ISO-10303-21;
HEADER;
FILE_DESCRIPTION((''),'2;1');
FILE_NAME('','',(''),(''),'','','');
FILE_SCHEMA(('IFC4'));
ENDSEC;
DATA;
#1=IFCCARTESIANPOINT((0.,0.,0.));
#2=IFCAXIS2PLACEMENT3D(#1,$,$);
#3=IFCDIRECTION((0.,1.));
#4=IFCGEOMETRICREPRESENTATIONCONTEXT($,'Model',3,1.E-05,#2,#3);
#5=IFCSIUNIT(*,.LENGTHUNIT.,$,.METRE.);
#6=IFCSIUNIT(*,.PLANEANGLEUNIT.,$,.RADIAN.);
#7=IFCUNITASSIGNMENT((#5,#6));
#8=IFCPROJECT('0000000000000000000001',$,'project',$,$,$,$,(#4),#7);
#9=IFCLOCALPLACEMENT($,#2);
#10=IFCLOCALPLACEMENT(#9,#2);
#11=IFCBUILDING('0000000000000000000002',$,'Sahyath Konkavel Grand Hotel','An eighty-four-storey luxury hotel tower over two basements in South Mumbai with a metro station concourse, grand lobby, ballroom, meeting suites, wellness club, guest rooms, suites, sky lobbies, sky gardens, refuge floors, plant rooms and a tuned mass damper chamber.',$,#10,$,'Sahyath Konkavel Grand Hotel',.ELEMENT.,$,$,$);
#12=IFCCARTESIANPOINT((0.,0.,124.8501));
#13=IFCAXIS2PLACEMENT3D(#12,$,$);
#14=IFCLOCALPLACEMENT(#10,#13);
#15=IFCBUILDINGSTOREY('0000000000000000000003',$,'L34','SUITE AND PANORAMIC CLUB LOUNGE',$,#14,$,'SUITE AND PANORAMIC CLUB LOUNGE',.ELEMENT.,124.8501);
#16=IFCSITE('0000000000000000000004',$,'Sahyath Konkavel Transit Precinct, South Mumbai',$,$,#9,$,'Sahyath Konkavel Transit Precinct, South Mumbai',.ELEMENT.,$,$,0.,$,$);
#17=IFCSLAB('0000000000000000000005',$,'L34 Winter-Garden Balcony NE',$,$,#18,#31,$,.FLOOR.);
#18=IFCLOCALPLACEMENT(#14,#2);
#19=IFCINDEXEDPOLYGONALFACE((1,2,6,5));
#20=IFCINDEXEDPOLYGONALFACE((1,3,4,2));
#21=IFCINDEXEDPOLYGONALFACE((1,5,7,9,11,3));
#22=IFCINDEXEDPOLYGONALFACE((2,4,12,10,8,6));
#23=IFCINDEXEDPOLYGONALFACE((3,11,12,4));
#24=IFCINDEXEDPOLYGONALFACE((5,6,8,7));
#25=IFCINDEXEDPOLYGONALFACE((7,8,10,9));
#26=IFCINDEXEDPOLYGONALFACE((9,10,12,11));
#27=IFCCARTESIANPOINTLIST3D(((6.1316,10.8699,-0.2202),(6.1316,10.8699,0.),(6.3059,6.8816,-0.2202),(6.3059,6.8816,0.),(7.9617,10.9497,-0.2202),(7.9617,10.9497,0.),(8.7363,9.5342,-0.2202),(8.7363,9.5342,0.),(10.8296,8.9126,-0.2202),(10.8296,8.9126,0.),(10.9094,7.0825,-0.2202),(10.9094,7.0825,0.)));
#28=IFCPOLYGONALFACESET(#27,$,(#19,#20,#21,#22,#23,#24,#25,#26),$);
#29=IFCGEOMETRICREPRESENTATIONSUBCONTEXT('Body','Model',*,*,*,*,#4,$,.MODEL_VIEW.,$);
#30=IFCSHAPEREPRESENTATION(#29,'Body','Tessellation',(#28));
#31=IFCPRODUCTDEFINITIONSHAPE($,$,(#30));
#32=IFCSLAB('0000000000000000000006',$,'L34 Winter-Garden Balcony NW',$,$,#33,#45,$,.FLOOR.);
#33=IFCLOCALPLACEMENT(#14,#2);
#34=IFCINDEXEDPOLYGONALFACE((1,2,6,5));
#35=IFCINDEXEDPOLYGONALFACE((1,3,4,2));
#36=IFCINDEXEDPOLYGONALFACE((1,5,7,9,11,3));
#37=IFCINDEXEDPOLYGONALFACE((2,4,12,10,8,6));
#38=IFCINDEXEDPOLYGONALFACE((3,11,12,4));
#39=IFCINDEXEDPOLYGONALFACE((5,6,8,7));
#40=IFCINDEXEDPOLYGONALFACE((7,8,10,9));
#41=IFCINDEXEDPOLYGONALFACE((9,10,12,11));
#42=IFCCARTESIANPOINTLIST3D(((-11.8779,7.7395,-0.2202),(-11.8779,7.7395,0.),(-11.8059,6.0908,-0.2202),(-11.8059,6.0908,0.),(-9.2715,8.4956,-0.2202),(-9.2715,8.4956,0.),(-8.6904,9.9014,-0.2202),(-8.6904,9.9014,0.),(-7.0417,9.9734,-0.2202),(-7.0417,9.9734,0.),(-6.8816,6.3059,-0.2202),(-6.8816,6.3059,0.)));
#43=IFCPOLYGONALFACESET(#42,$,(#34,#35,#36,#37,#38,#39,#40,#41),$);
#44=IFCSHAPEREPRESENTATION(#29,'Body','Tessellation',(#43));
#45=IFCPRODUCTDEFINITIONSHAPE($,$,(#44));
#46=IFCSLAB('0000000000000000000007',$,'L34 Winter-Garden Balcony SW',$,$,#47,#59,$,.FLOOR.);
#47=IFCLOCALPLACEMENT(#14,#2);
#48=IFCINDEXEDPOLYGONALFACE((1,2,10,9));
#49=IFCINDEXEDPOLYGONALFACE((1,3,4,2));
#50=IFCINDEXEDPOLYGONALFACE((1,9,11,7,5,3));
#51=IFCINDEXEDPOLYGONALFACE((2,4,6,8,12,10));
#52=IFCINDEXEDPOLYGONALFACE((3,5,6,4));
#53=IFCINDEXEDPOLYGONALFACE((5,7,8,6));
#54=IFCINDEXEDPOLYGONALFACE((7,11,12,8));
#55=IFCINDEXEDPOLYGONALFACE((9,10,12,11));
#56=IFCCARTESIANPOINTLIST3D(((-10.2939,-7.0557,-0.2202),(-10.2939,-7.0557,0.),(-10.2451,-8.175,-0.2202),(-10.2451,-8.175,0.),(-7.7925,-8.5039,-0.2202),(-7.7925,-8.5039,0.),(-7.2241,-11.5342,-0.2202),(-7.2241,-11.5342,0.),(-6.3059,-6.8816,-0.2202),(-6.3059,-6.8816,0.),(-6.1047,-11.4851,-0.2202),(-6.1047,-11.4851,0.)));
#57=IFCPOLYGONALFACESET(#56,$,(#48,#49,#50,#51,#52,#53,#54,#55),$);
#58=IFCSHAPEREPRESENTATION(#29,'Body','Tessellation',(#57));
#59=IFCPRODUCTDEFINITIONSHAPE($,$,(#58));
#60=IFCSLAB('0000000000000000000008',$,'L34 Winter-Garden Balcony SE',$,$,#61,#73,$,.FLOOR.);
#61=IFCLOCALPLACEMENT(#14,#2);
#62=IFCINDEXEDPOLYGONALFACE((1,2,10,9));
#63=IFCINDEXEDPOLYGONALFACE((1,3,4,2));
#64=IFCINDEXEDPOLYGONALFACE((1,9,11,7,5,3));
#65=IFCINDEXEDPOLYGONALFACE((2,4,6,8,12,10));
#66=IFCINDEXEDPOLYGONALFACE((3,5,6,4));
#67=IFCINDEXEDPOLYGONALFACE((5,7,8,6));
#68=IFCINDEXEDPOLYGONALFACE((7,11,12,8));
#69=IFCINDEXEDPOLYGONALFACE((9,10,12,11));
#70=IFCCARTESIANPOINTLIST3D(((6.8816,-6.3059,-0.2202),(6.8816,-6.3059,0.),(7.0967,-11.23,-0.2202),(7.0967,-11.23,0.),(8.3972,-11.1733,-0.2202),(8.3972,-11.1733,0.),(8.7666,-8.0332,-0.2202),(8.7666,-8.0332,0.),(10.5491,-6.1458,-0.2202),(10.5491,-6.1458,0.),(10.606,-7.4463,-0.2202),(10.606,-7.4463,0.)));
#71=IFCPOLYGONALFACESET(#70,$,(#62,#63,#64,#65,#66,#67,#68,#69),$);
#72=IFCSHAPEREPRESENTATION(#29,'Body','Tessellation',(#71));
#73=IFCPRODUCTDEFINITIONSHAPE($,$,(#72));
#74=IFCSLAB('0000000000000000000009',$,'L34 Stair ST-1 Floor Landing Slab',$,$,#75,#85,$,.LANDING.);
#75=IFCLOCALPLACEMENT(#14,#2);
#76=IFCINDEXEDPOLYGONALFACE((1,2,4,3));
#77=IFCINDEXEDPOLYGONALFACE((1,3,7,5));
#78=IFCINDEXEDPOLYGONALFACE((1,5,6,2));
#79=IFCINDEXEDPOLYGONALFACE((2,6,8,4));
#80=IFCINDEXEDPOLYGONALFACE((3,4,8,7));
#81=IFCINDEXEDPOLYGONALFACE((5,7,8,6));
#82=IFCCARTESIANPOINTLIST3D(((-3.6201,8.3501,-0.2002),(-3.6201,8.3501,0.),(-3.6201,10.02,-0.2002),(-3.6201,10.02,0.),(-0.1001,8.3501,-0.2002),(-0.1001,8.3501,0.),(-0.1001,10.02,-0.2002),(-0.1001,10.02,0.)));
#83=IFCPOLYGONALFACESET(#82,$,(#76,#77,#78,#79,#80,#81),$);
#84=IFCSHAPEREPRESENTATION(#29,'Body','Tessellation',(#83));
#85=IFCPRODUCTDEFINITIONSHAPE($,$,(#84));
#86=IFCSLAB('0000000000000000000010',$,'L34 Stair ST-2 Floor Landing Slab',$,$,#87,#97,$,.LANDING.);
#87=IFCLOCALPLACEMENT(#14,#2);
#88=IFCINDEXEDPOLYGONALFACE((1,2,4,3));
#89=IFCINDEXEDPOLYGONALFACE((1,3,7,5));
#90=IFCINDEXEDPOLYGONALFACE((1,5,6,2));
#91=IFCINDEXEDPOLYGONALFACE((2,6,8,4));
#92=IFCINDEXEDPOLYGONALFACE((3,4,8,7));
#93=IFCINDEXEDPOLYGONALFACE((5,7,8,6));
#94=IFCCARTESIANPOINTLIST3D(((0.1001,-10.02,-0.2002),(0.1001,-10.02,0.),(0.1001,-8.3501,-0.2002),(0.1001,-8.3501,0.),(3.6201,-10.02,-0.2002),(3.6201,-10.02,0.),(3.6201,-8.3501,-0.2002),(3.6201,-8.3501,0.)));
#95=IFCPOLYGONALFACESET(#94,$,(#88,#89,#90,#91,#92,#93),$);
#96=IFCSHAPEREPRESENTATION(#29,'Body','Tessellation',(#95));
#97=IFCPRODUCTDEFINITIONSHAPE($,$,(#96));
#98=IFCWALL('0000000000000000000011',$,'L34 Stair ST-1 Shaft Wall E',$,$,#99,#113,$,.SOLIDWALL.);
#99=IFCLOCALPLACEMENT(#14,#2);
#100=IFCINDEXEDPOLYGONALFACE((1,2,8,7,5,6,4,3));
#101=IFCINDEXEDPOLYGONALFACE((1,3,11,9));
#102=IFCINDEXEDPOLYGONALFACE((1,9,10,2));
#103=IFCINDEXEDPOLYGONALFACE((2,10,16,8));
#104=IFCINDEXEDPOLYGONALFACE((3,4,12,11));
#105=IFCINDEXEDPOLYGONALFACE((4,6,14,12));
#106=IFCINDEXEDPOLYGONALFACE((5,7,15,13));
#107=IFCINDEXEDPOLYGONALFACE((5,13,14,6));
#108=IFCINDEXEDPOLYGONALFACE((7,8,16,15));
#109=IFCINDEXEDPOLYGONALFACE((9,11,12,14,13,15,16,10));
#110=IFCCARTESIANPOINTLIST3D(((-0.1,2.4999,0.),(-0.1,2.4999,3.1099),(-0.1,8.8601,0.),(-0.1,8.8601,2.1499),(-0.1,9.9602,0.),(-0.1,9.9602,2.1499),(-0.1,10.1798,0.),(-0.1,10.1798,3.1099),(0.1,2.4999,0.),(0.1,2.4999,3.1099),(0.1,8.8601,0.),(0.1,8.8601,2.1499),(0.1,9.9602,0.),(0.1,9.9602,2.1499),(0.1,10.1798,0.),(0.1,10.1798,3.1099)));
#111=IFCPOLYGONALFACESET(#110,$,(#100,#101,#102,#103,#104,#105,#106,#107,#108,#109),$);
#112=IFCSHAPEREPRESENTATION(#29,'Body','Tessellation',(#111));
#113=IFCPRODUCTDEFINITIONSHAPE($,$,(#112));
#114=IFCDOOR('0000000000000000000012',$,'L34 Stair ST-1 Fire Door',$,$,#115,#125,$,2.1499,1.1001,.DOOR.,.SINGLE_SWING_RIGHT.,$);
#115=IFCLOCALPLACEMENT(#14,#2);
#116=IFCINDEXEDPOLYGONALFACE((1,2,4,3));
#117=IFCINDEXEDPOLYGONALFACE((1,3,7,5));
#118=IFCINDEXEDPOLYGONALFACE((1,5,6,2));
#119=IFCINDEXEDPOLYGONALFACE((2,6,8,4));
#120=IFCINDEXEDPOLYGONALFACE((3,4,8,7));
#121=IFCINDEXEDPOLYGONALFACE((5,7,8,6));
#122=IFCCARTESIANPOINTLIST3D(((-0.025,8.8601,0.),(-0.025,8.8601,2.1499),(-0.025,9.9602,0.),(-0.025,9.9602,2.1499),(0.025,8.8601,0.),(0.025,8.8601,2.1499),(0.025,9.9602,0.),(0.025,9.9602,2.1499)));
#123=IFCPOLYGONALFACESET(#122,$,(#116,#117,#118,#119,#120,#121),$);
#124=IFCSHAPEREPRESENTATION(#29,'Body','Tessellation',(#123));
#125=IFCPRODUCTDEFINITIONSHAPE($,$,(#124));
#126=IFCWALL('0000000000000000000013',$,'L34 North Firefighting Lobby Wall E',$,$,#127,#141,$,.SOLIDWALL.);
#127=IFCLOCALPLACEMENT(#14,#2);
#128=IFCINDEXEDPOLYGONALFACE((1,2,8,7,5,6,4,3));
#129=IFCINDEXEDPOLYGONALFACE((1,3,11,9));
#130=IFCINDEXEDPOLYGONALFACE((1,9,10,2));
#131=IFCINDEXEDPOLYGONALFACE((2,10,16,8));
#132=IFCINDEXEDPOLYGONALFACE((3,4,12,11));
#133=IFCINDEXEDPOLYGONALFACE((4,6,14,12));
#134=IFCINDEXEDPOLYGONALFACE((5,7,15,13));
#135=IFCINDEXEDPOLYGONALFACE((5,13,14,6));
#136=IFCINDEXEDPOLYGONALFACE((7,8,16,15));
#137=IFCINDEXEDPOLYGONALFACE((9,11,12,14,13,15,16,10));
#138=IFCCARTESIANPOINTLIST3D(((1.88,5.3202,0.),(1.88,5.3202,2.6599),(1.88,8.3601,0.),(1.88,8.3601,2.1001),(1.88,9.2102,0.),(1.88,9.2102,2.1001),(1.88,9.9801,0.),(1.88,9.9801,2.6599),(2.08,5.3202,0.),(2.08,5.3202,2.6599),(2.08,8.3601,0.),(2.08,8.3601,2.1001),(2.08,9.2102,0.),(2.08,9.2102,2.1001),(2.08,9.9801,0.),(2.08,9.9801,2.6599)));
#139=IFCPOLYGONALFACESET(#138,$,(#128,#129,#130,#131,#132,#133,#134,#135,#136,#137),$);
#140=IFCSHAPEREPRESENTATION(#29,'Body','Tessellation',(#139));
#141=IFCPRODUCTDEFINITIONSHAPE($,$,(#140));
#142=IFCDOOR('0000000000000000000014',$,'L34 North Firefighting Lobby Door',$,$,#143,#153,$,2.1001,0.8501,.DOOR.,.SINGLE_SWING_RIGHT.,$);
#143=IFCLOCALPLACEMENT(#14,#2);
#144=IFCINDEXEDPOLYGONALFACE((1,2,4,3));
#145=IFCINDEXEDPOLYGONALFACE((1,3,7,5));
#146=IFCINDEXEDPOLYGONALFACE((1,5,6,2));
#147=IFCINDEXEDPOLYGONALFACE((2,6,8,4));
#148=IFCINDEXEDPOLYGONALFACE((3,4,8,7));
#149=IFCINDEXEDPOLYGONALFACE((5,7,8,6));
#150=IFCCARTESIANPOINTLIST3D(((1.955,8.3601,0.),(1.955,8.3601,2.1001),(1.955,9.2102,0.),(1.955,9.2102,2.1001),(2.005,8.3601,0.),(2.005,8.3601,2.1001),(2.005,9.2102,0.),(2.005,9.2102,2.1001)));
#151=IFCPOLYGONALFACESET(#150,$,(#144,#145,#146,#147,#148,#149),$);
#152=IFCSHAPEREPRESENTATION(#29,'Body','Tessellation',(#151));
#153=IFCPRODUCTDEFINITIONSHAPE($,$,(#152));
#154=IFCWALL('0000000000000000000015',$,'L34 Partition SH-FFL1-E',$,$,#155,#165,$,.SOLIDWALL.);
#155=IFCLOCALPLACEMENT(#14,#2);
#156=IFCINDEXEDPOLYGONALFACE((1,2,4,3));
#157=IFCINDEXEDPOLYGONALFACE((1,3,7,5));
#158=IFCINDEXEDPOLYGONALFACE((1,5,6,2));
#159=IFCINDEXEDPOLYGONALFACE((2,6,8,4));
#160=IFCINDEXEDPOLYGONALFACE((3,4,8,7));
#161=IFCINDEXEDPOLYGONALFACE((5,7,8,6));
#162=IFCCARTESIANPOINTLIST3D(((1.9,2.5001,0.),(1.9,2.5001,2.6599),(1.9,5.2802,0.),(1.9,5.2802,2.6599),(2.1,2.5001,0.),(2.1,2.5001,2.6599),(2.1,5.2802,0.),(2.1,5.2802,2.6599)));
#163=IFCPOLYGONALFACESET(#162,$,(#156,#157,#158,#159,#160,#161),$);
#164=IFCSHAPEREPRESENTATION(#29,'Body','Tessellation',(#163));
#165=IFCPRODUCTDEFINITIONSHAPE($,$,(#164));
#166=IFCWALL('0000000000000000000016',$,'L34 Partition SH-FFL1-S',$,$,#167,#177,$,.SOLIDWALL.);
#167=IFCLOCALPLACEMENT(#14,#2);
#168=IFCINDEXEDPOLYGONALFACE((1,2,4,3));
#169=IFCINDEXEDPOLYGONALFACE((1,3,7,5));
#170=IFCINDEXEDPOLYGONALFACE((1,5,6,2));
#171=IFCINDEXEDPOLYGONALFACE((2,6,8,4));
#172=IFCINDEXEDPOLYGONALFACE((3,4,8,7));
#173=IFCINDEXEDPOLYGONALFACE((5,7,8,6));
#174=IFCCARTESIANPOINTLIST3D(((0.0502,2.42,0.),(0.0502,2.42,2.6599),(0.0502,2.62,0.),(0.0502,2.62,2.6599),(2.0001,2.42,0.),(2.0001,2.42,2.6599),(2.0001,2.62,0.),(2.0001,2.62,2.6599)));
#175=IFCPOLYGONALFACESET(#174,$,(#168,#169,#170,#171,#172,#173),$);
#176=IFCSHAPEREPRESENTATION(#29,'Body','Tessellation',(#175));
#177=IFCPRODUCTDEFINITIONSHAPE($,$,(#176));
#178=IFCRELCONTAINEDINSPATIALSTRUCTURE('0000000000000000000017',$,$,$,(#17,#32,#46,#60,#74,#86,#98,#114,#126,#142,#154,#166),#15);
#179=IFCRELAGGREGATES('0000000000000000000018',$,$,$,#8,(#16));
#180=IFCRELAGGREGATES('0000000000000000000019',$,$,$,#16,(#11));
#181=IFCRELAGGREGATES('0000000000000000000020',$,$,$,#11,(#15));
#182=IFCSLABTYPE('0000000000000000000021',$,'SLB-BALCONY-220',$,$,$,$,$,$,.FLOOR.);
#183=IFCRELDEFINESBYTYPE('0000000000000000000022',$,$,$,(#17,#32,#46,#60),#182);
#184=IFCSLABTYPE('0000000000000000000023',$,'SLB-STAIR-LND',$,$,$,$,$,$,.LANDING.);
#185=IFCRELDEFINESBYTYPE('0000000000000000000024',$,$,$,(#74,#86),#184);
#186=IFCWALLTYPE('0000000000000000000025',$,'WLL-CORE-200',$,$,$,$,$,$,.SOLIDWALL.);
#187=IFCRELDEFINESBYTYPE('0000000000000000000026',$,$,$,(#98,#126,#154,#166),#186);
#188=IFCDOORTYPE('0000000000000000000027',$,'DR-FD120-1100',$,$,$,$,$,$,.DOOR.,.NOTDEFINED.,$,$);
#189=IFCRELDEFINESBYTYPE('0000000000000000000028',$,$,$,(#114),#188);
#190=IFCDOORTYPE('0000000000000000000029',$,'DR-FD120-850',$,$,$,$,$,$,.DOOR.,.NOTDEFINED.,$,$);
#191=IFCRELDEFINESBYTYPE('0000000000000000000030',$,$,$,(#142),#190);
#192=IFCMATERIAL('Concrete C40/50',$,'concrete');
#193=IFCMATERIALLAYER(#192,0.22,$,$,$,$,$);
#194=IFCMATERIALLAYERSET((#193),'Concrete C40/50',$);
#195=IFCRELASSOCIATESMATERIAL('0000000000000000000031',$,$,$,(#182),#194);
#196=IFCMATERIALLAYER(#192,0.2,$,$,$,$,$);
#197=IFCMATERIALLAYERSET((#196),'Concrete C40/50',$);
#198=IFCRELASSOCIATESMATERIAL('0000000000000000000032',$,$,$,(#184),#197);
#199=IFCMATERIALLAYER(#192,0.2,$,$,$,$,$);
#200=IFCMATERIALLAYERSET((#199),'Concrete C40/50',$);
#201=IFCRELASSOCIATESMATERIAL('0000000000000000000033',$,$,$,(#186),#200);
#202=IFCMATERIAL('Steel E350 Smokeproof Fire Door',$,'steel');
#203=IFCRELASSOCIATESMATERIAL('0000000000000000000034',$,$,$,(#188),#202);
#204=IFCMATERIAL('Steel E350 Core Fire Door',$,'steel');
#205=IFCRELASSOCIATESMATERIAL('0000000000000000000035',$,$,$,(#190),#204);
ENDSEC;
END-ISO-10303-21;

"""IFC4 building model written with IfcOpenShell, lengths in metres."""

from ifc_helpers import new_model, si_unit, direction, frame, frame_2d, origin, origin_2d, place, context, subcontext, project, spatial, polyline, rectangle, outline, extrude, source, transform, mapped, material, layer, layer_set, type_object, element, fill, save


model = new_model("IFC4")

# Units and contexts
model_context = context("Model", 3, precision=1e-05, world=origin(), true_north=direction((0.0, 1.0)))
body_context = subcontext(model_context, "Body", "Model", "MODEL_VIEW")
ifc_project = project(units=[si_unit("LENGTHUNIT", "METRE"), si_unit("PLANEANGLEUNIT", "RADIAN")], contexts=[model_context])

# Site, building, storey
site_placement = place(None, origin())
site = spatial("IfcSite", under=ifc_project, at=site_placement, Name="Sahyath Konkavel Transit Precinct, South Mumbai", LongName="Sahyath Konkavel Transit Precinct, South Mumbai", CompositionType="ELEMENT", RefElevation=0.0)
building_placement = place(site_placement, origin())
building = spatial("IfcBuilding", under=site, at=building_placement, Name="Sahyath Konkavel Grand Hotel", Description="An eighty-four-storey luxury hotel tower over two basements in South Mumbai with a metro station concourse, grand lobby, ballroom, meeting suites, wellness club, guest rooms, suites, sky lobbies, sky gardens, refuge floors, plant rooms and a tuned mass damper chamber.", LongName="Sahyath Konkavel Grand Hotel", CompositionType="ELEMENT")
storey_placement = place(building_placement, frame((0.0, 0.0, 124.8501)))
storey = spatial("IfcBuildingStorey", under=building, at=storey_placement, Name="L34", Description="SUITE AND PANORAMIC CLUB LOUNGE", LongName="SUITE AND PANORAMIC CLUB LOUNGE", CompositionType="ELEMENT", Elevation=124.8501)

# Slabs
ifc_material_1 = material(Name="Concrete C40/50", Category="concrete")
ifc_layer_1 = layer(ifc_material_1, 0.22)
ifc_layer_set_1 = layer_set([ifc_layer_1], Name="Concrete C40/50")
slab_type_1 = type_object("IfcSlabType", Name="SLB-BALCONY-220", PredefinedType="FLOOR", material=ifc_layer_set_1)
slab_1_placement = place(storey_placement, frame((0.0, 0.0, -0.2202)))
element("IfcSlab", 1, at=slab_1_placement, inside=storey, type_object=slab_type_1, Name="L34 Winter-Garden Balcony NE", PredefinedType="FLOOR", context=body_context, shape_type="SweptSolid", body=[
    extrude(outline(polyline([(6.3059, 6.8816), (10.9094, 7.0825), (10.8296, 8.9126), (8.7363, 9.5342), (7.9617, 10.9497), (6.1316, 10.8699), (6.3059, 6.8816)])), origin(), (0.0, 0.0, 1.0), 0.2202),
])
slab_2_placement = place(storey_placement, frame((0.0, 0.0, -0.2202)))
element("IfcSlab", 2, at=slab_2_placement, inside=storey, type_object=slab_type_1, Name="L34 Winter-Garden Balcony NW", PredefinedType="FLOOR", context=body_context, shape_type="SweptSolid", body=[
    extrude(outline(polyline([(-6.8816, 6.3059), (-7.0417, 9.9734), (-8.6904, 9.9014), (-9.2715, 8.4956), (-11.8779, 7.7395), (-11.8059, 6.0908), (-6.8816, 6.3059)])), origin(), (0.0, 0.0, 1.0), 0.2202),
])
slab_3_placement = place(storey_placement, frame((0.0, 0.0, -0.2202)))
element("IfcSlab", 3, at=slab_3_placement, inside=storey, type_object=slab_type_1, Name="L34 Winter-Garden Balcony SW", PredefinedType="FLOOR", context=body_context, shape_type="SweptSolid", body=[
    extrude(outline(polyline([(-6.3059, -6.8816), (-10.2939, -7.0557), (-10.2451, -8.175), (-7.7925, -8.5039), (-7.2241, -11.5342), (-6.1047, -11.4851), (-6.3059, -6.8816)])), origin(), (0.0, 0.0, 1.0), 0.2202),
])
slab_4_placement = place(storey_placement, frame((0.0, 0.0, -0.2202)))
element("IfcSlab", 4, at=slab_4_placement, inside=storey, type_object=slab_type_1, Name="L34 Winter-Garden Balcony SE", PredefinedType="FLOOR", context=body_context, shape_type="SweptSolid", body=[
    extrude(outline(polyline([(6.8816, -6.3059), (7.0967, -11.23), (8.3972, -11.1733), (8.7666, -8.0332), (10.606, -7.4463), (10.5491, -6.1458), (6.8816, -6.3059)])), origin(), (0.0, 0.0, 1.0), 0.2202),
])
ifc_layer_2 = layer(ifc_material_1, 0.2)
ifc_layer_set_2 = layer_set([ifc_layer_2], Name="Concrete C40/50")
slab_type_2 = type_object("IfcSlabType", Name="SLB-STAIR-LND", PredefinedType="LANDING", material=ifc_layer_set_2)
slab_5_placement = place(storey_placement, frame((0.0, 0.0, -0.2002)))
element("IfcSlab", 5, at=slab_5_placement, inside=storey, type_object=slab_type_2, Name="L34 Stair ST-1 Floor Landing Slab", PredefinedType="LANDING", context=body_context, shape_type="SweptSolid", body=[
    extrude(outline(polyline([(-3.6201, 8.3501), (-0.1001, 8.3501), (-0.1001, 10.02), (-3.6201, 10.02), (-3.6201, 8.3501)])), origin(), (0.0, 0.0, 1.0), 0.2002),
])
slab_6_placement = place(storey_placement, frame((0.0, 0.0, -0.2002)))
element("IfcSlab", 6, at=slab_6_placement, inside=storey, type_object=slab_type_2, Name="L34 Stair ST-2 Floor Landing Slab", PredefinedType="LANDING", context=body_context, shape_type="SweptSolid", body=[
    extrude(outline(polyline([(0.1001, -10.02), (3.6201, -10.02), (3.6201, -8.3501), (0.1001, -8.3501), (0.1001, -10.02)])), origin(), (0.0, 0.0, 1.0), 0.2002),
])

# Walls, openings, doors
ifc_layer_3 = layer(ifc_material_1, 0.2)
ifc_layer_set_3 = layer_set([ifc_layer_3], Name="Concrete C40/50")
wall_type = type_object("IfcWallType", Name="WLL-CORE-200", PredefinedType="SOLIDWALL", material=ifc_layer_set_3)
wall_1_placement = place(storey_placement, frame((0.0, 2.5, 0.0), z_axis=(0.0, 0.0, 1.0), x_axis=(0.0, 1.0, 0.0)))
wall_1 = element("IfcWall", 7, at=wall_1_placement, inside=storey, type_object=wall_type, Name="L34 Stair ST-1 Shaft Wall E", PredefinedType="SOLIDWALL", context=body_context, shape_type="SweptSolid", body=[
    extrude(rectangle(XDim=7.6799, YDim=0.2, at=frame_2d((3.8398, 0.0))), origin(), (0.0, 0.0, 1.0), 3.1099),
])
opening_1_placement = place(wall_1_placement, frame((6.3601, 0.0, 0.0)))
opening_1 = element("IfcOpeningElement", 8, at=opening_1_placement, cuts=wall_1, PredefinedType="OPENING", context=body_context, shape_type="SweptSolid", body=[
    extrude(rectangle(XDim=1.1001, YDim=2.1499, at=frame_2d((0.55, 1.075))), frame((0.0, 0.1099, 0.0), z_axis=(0.0, -1.0, 0.0), x_axis=(1.0, 0.0, 0.0)), (0.0, 0.0, 1.0), 0.22),
])
ifc_material_2 = material(Name="Steel E350 Smokeproof Fire Door", Category="steel")
door_type_1 = type_object("IfcDoorType", Name="DR-FD120-1100", OperationType="NOTDEFINED", PredefinedType="DOOR", material=ifc_material_2)
shared_shape_1 = source(origin(), body_context, "Body", "SweptSolid", [
    extrude(rectangle(XDim=1.1001, YDim=0.05, at=origin_2d()), origin(), (0.0, 0.0, 1.0), 2.1499),
])
door_1_placement = place(opening_1_placement, frame((0.55, 0.0, 0.0)))
door_1 = element("IfcDoor", 9, at=door_1_placement, inside=storey, type_object=door_type_1, Name="L34 Stair ST-1 Fire Door", OperationType="SINGLE_SWING_RIGHT", OverallHeight=2.1499, OverallWidth=1.1001, PredefinedType="DOOR", context=body_context, shape_type="MappedRepresentation", body=[
    mapped(shared_shape_1, transform((0.0, 0.0, 0.0), scale=1.0)),
])
fill(opening_1, door_1)
wall_2_placement = place(storey_placement, frame((1.98, 5.3201, 0.0), z_axis=(0.0, 0.0, 1.0), x_axis=(0.0, 1.0, 0.0)))
wall_2 = element("IfcWall", 10, at=wall_2_placement, inside=storey, type_object=wall_type, Name="L34 North Firefighting Lobby Wall E", PredefinedType="SOLIDWALL", context=body_context, shape_type="SweptSolid", body=[
    extrude(rectangle(XDim=4.6599, YDim=0.2, at=frame_2d((2.3301, 0.0))), origin(), (0.0, 0.0, 1.0), 2.6599),
])
opening_2_placement = place(wall_2_placement, frame((3.04, 0.0, 0.0)))
opening_2 = element("IfcOpeningElement", 11, at=opening_2_placement, cuts=wall_2, PredefinedType="OPENING", context=body_context, shape_type="SweptSolid", body=[
    extrude(rectangle(XDim=0.8501, YDim=2.1001, at=frame_2d((0.425, 1.05))), frame((0.0, 0.1099, 0.0), z_axis=(0.0, -1.0, 0.0), x_axis=(1.0, 0.0, 0.0)), (0.0, 0.0, 1.0), 0.22),
])
ifc_material_3 = material(Name="Steel E350 Core Fire Door", Category="steel")
door_type_2 = type_object("IfcDoorType", Name="DR-FD120-850", OperationType="NOTDEFINED", PredefinedType="DOOR", material=ifc_material_3)
shared_shape_2 = source(origin(), body_context, "Body", "SweptSolid", [
    extrude(rectangle(XDim=0.8501, YDim=0.05, at=origin_2d()), origin(), (0.0, 0.0, 1.0), 2.1001),
])
door_2_placement = place(opening_2_placement, frame((0.425, 0.0, 0.0)))
door_2 = element("IfcDoor", 12, at=door_2_placement, inside=storey, type_object=door_type_2, Name="L34 North Firefighting Lobby Door", OperationType="SINGLE_SWING_RIGHT", OverallHeight=2.1001, OverallWidth=0.8501, PredefinedType="DOOR", context=body_context, shape_type="MappedRepresentation", body=[
    mapped(shared_shape_2, transform((0.0, 0.0, 0.0), scale=1.0)),
])
fill(opening_2, door_2)

# Walls
wall_3_placement = place(storey_placement, frame((2.0, 2.5, 0.0), z_axis=(0.0, 0.0, 1.0), x_axis=(0.0, 1.0, 0.0)))
element("IfcWall", 13, at=wall_3_placement, inside=storey, type_object=wall_type, Name="L34 Partition SH-FFL1-E", PredefinedType="SOLIDWALL", context=body_context, shape_type="SweptSolid", body=[
    extrude(rectangle(XDim=2.78, YDim=0.2, at=frame_2d((1.3901, 0.0))), origin(), (0.0, 0.0, 1.0), 2.6599),
])
wall_4_placement = place(storey_placement, frame((0.05, 2.52, 0.0), z_axis=(0.0, 0.0, 1.0), x_axis=(1.0, 0.0, 0.0)))
element("IfcWall", 14, at=wall_4_placement, inside=storey, type_object=wall_type, Name="L34 Partition SH-FFL1-S", PredefinedType="SOLIDWALL", context=body_context, shape_type="SweptSolid", body=[
    extrude(rectangle(XDim=1.95, YDim=0.2, at=frame_2d((0.9751, 0.0))), origin(), (0.0, 0.0, 1.0), 2.6599),
])

save(model, "model.ifc")
